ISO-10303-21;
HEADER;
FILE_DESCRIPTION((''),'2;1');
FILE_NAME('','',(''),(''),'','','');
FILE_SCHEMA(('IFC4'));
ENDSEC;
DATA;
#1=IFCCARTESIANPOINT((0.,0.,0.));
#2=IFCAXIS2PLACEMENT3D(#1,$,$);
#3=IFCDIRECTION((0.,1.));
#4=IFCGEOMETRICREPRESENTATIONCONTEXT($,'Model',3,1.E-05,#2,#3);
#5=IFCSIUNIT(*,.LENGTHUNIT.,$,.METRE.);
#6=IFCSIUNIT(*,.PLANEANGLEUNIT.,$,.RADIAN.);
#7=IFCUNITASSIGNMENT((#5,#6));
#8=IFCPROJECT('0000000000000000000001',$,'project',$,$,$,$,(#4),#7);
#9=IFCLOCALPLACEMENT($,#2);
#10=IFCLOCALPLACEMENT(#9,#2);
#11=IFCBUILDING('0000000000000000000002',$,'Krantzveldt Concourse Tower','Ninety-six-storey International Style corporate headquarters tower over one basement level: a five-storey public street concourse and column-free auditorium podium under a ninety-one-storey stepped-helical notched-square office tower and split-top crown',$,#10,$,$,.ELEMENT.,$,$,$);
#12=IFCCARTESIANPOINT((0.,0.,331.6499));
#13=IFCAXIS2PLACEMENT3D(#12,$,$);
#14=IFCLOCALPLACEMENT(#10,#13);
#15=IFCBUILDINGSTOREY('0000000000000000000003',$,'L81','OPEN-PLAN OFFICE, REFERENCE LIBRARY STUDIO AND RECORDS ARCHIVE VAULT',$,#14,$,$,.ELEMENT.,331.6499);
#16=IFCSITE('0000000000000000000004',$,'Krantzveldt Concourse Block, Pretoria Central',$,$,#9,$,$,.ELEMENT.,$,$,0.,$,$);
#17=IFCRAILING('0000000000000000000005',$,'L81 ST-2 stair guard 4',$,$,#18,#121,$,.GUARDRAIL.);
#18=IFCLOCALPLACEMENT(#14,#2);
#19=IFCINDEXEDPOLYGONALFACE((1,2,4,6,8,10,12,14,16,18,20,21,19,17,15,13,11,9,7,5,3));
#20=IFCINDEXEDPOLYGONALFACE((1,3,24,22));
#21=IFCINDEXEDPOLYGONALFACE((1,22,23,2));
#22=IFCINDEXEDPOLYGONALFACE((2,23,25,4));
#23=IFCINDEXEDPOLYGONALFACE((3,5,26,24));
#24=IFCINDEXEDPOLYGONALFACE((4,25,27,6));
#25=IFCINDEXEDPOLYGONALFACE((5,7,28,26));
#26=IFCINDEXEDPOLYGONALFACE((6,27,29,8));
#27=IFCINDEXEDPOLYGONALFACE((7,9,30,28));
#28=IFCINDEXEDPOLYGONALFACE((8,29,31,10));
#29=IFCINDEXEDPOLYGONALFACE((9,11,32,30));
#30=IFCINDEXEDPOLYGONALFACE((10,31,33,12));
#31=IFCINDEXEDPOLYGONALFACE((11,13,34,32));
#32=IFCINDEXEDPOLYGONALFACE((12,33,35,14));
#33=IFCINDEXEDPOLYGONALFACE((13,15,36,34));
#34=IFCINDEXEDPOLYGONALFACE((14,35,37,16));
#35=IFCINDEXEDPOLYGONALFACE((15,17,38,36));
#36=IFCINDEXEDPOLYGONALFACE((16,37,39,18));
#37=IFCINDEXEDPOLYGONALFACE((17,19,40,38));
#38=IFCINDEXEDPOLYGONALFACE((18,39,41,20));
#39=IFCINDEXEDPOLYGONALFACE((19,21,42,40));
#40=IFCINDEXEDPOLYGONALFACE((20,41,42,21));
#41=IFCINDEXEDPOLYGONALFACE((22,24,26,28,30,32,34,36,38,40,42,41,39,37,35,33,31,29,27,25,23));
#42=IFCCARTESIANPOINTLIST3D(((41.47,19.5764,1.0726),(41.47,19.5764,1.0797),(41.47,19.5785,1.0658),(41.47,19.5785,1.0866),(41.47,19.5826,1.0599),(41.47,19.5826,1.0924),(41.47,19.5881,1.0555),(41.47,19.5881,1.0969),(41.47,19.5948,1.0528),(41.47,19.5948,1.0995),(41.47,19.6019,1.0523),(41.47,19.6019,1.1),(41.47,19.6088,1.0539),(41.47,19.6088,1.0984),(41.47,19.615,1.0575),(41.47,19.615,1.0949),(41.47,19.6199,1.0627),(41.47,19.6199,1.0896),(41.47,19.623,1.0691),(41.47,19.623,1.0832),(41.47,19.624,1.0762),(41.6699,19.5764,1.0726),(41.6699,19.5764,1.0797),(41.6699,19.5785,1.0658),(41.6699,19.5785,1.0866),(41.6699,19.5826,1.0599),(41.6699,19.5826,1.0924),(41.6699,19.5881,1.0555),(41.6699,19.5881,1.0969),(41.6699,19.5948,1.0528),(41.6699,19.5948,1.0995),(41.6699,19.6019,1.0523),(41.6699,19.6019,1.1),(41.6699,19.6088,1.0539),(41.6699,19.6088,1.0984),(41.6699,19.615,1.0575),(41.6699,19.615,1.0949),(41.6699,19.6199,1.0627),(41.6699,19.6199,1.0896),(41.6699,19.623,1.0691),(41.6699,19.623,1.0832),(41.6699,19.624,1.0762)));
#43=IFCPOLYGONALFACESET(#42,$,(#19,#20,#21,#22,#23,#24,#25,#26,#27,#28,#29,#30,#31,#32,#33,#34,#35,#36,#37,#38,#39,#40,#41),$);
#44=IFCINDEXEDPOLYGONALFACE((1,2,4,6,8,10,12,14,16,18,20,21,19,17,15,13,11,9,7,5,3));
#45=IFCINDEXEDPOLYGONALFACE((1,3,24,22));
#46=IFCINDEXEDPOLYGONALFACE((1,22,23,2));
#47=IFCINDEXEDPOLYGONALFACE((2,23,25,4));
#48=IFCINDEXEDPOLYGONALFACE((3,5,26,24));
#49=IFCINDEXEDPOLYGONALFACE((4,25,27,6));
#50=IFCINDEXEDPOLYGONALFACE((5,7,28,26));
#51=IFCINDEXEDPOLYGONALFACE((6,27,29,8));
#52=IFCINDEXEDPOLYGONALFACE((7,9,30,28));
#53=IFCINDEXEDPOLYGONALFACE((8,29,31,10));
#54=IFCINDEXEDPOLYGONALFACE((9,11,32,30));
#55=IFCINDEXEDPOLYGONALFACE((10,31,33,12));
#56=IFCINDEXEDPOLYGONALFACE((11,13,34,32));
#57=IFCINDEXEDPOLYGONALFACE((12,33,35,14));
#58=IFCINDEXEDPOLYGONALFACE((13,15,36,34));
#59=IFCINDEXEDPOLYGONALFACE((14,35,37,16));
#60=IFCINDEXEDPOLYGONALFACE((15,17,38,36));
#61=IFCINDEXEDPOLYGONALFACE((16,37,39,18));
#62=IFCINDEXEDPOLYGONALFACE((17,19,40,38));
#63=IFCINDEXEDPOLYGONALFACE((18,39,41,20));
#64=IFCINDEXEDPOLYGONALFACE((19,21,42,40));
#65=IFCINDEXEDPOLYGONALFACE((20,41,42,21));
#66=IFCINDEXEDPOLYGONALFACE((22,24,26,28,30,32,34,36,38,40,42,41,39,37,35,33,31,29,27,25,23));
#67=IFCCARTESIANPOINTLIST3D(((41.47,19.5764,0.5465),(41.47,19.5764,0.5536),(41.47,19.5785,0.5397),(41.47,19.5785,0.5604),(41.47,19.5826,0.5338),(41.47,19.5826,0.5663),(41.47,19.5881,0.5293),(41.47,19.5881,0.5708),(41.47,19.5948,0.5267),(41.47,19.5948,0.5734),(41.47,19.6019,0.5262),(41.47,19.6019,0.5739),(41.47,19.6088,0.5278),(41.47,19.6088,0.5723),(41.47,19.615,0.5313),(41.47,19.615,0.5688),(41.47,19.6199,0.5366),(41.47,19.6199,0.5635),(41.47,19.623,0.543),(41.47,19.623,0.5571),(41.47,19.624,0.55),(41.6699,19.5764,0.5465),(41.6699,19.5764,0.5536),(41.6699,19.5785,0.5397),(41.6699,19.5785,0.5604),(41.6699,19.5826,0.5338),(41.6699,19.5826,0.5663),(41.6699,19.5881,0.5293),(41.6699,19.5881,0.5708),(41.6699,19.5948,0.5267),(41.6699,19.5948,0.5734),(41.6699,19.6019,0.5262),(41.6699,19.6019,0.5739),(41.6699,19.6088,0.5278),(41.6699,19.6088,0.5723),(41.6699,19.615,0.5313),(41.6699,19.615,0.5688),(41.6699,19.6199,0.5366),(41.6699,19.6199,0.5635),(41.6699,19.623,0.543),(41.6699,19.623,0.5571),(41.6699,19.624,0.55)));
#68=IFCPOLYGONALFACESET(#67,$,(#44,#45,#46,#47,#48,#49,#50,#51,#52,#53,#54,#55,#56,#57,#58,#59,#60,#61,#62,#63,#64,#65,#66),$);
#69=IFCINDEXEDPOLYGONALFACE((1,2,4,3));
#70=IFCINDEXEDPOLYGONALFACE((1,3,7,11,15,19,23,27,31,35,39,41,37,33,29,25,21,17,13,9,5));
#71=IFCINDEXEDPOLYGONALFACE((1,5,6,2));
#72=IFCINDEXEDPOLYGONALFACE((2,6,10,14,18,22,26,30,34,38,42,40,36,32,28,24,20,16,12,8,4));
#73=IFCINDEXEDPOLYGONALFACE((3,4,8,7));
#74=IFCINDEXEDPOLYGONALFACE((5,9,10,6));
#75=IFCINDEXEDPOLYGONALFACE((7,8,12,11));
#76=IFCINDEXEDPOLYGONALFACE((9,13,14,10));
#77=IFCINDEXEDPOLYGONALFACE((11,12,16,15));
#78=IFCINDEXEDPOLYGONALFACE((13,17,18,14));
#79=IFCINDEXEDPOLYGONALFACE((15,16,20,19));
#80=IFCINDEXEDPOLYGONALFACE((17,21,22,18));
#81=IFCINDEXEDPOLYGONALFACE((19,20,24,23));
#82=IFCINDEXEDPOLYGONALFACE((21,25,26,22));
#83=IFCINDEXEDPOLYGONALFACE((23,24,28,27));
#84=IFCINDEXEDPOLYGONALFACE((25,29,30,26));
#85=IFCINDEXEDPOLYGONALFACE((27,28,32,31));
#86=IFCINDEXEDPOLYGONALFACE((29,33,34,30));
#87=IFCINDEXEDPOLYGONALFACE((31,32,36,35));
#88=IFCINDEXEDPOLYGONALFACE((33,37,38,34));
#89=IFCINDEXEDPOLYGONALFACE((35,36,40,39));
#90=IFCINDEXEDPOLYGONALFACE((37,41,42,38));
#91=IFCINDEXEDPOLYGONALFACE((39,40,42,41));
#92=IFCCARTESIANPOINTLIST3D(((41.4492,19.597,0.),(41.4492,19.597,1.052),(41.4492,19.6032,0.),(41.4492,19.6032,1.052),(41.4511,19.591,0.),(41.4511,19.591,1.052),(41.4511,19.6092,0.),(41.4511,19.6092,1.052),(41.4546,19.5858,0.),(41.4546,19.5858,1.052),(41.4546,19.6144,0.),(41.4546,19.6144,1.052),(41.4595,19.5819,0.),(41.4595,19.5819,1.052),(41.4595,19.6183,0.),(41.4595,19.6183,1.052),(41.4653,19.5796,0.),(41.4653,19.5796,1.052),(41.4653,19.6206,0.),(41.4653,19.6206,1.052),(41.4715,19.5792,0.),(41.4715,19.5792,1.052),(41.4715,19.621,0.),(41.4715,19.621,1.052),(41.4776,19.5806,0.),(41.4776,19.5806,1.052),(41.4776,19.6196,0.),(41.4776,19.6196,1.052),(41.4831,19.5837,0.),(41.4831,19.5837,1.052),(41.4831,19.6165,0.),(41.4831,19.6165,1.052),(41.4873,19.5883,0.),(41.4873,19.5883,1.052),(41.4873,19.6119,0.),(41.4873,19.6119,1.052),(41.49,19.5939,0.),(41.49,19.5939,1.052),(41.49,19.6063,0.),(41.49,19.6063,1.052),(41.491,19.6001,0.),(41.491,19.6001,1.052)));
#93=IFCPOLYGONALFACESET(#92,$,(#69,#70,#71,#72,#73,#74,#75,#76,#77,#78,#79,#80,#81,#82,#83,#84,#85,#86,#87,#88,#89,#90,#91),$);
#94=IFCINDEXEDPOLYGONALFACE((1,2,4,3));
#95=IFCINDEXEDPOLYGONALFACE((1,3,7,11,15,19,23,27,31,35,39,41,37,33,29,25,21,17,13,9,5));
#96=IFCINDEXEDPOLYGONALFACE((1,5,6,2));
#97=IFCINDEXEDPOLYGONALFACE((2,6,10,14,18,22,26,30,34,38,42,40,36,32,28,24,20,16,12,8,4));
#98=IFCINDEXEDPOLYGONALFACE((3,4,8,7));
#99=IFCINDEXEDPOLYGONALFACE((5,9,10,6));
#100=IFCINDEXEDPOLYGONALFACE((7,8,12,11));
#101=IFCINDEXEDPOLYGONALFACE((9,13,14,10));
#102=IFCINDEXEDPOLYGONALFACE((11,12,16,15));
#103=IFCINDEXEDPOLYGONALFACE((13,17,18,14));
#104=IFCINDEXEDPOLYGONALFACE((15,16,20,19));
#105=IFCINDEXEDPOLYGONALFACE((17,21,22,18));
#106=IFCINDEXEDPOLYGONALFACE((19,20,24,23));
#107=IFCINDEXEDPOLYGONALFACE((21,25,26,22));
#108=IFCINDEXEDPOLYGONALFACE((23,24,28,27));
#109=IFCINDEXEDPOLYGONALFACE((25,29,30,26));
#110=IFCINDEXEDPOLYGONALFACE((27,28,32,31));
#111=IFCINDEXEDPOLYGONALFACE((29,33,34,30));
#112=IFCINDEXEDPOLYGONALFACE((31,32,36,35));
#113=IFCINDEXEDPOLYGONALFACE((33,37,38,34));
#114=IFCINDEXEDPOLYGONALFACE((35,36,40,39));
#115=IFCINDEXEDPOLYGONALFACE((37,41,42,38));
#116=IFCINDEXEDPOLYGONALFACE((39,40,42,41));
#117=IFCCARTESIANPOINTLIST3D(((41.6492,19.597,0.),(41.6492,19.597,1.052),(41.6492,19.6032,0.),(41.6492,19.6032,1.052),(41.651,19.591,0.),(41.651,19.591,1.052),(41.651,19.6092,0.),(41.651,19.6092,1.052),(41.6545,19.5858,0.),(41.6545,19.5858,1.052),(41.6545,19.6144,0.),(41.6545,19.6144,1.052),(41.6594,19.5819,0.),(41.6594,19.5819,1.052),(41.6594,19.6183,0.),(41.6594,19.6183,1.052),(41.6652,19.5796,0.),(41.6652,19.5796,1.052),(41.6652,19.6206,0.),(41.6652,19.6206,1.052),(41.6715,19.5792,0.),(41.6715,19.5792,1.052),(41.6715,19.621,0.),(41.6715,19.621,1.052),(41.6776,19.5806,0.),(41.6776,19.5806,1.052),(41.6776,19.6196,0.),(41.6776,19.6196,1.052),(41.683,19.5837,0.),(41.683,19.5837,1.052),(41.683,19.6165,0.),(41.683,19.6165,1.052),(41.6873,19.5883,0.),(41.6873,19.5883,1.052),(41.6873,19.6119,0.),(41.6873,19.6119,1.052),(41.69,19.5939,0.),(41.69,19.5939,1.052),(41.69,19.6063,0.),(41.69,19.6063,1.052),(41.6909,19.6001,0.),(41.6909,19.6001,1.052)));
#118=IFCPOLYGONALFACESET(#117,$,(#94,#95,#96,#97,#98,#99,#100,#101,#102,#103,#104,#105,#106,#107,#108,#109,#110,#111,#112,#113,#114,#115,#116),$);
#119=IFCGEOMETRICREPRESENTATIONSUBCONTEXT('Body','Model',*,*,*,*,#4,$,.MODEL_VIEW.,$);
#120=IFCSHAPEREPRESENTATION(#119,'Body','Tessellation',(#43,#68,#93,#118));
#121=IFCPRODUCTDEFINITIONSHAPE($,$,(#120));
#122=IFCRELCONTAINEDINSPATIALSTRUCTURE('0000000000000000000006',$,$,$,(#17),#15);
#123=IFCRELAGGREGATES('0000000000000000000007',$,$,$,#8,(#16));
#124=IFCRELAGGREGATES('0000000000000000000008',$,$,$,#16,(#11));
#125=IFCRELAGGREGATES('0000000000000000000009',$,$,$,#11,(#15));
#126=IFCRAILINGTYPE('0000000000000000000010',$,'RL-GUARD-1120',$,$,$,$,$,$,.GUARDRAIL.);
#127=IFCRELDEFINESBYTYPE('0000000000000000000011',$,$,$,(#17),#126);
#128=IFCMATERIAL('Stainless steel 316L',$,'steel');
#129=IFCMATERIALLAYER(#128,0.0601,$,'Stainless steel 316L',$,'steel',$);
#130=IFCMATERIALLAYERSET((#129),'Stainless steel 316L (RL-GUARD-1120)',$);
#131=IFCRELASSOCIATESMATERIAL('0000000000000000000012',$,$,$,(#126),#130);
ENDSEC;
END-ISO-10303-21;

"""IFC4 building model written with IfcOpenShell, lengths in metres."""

from ifc_helpers import new_model, si_unit, direction, frame, origin, origin_2d, place, context, subcontext, project, spatial, circle, extrude, material, layer, layer_set, type_object, element, save


model = new_model("IFC4")

# Units and contexts
model_context = context("Model", 3, precision=1e-05, world=origin(), true_north=direction((0.0, 1.0)))
body_context = subcontext(model_context, "Body", "Model", "MODEL_VIEW")
ifc_project = project(units=[si_unit("LENGTHUNIT", "METRE"), si_unit("PLANEANGLEUNIT", "RADIAN")], contexts=[model_context])

# Site, building, storey
site_placement = place(None, origin())
site = spatial("IfcSite", under=ifc_project, at=site_placement, Name="Krantzveldt Concourse Block, Pretoria Central", CompositionType="ELEMENT", RefElevation=0.0)
building_placement = place(site_placement, origin())
building = spatial("IfcBuilding", under=site, at=building_placement, Name="Krantzveldt Concourse Tower", Description="Ninety-six-storey International Style corporate headquarters tower over one basement level: a five-storey public street concourse and column-free auditorium podium under a ninety-one-storey stepped-helical notched-square office tower and split-top crown", CompositionType="ELEMENT")
storey_placement = place(building_placement, frame((0.0, 0.0, 331.6499)))
storey = spatial("IfcBuildingStorey", under=building, at=storey_placement, Name="L81", Description="OPEN-PLAN OFFICE, REFERENCE LIBRARY STUDIO AND RECORDS ARCHIVE VAULT", CompositionType="ELEMENT", Elevation=331.6499)

# Shared definitions
ifc_material_1 = material(Name="Stainless steel 316L", Category="steel")

# Railing
ifc_layer_1 = layer(ifc_material_1, 0.0601, Name="Stainless steel 316L", Category="steel")
ifc_layer_set_1 = layer_set([ifc_layer_1], Name="Stainless steel 316L (RL-GUARD-1120)")
railing_type_1 = type_object("IfcRailingType", Name="RL-GUARD-1120", PredefinedType="GUARDRAIL", material=ifc_layer_set_1)
railing_1_placement = place(storey_placement, frame((41.47, 19.6001, 0.0)))
element("IfcRailing", 1, at=railing_1_placement, inside=storey, type_object=railing_type_1, Name="L81 ST-2 stair guard 4", PredefinedType="GUARDRAIL", context=body_context, shape_type="SweptSolid", body=[
    extrude(circle(Radius=0.0239, at=origin_2d()), frame((0.0, 0.0, 1.0762), z_axis=(1.0, 0.0, 0.0), x_axis=(0.0, 1.0, 0.0)), (0.0, 0.0, 1.0), 0.2),
    extrude(circle(Radius=0.0239, at=origin_2d()), frame((0.0, 0.0, 0.55), z_axis=(1.0, 0.0, 0.0), x_axis=(0.0, 1.0, 0.0)), (0.0, 0.0, 1.0), 0.2),
    extrude(circle(Radius=0.021, at=origin_2d()), origin(), (0.0, 0.0, 1.0), 1.052),
    extrude(circle(Radius=0.021, at=origin_2d()), frame((0.2, 0.0, 0.0)), (0.0, 0.0, 1.0), 1.052),
])

save(model, "model.ifc")
